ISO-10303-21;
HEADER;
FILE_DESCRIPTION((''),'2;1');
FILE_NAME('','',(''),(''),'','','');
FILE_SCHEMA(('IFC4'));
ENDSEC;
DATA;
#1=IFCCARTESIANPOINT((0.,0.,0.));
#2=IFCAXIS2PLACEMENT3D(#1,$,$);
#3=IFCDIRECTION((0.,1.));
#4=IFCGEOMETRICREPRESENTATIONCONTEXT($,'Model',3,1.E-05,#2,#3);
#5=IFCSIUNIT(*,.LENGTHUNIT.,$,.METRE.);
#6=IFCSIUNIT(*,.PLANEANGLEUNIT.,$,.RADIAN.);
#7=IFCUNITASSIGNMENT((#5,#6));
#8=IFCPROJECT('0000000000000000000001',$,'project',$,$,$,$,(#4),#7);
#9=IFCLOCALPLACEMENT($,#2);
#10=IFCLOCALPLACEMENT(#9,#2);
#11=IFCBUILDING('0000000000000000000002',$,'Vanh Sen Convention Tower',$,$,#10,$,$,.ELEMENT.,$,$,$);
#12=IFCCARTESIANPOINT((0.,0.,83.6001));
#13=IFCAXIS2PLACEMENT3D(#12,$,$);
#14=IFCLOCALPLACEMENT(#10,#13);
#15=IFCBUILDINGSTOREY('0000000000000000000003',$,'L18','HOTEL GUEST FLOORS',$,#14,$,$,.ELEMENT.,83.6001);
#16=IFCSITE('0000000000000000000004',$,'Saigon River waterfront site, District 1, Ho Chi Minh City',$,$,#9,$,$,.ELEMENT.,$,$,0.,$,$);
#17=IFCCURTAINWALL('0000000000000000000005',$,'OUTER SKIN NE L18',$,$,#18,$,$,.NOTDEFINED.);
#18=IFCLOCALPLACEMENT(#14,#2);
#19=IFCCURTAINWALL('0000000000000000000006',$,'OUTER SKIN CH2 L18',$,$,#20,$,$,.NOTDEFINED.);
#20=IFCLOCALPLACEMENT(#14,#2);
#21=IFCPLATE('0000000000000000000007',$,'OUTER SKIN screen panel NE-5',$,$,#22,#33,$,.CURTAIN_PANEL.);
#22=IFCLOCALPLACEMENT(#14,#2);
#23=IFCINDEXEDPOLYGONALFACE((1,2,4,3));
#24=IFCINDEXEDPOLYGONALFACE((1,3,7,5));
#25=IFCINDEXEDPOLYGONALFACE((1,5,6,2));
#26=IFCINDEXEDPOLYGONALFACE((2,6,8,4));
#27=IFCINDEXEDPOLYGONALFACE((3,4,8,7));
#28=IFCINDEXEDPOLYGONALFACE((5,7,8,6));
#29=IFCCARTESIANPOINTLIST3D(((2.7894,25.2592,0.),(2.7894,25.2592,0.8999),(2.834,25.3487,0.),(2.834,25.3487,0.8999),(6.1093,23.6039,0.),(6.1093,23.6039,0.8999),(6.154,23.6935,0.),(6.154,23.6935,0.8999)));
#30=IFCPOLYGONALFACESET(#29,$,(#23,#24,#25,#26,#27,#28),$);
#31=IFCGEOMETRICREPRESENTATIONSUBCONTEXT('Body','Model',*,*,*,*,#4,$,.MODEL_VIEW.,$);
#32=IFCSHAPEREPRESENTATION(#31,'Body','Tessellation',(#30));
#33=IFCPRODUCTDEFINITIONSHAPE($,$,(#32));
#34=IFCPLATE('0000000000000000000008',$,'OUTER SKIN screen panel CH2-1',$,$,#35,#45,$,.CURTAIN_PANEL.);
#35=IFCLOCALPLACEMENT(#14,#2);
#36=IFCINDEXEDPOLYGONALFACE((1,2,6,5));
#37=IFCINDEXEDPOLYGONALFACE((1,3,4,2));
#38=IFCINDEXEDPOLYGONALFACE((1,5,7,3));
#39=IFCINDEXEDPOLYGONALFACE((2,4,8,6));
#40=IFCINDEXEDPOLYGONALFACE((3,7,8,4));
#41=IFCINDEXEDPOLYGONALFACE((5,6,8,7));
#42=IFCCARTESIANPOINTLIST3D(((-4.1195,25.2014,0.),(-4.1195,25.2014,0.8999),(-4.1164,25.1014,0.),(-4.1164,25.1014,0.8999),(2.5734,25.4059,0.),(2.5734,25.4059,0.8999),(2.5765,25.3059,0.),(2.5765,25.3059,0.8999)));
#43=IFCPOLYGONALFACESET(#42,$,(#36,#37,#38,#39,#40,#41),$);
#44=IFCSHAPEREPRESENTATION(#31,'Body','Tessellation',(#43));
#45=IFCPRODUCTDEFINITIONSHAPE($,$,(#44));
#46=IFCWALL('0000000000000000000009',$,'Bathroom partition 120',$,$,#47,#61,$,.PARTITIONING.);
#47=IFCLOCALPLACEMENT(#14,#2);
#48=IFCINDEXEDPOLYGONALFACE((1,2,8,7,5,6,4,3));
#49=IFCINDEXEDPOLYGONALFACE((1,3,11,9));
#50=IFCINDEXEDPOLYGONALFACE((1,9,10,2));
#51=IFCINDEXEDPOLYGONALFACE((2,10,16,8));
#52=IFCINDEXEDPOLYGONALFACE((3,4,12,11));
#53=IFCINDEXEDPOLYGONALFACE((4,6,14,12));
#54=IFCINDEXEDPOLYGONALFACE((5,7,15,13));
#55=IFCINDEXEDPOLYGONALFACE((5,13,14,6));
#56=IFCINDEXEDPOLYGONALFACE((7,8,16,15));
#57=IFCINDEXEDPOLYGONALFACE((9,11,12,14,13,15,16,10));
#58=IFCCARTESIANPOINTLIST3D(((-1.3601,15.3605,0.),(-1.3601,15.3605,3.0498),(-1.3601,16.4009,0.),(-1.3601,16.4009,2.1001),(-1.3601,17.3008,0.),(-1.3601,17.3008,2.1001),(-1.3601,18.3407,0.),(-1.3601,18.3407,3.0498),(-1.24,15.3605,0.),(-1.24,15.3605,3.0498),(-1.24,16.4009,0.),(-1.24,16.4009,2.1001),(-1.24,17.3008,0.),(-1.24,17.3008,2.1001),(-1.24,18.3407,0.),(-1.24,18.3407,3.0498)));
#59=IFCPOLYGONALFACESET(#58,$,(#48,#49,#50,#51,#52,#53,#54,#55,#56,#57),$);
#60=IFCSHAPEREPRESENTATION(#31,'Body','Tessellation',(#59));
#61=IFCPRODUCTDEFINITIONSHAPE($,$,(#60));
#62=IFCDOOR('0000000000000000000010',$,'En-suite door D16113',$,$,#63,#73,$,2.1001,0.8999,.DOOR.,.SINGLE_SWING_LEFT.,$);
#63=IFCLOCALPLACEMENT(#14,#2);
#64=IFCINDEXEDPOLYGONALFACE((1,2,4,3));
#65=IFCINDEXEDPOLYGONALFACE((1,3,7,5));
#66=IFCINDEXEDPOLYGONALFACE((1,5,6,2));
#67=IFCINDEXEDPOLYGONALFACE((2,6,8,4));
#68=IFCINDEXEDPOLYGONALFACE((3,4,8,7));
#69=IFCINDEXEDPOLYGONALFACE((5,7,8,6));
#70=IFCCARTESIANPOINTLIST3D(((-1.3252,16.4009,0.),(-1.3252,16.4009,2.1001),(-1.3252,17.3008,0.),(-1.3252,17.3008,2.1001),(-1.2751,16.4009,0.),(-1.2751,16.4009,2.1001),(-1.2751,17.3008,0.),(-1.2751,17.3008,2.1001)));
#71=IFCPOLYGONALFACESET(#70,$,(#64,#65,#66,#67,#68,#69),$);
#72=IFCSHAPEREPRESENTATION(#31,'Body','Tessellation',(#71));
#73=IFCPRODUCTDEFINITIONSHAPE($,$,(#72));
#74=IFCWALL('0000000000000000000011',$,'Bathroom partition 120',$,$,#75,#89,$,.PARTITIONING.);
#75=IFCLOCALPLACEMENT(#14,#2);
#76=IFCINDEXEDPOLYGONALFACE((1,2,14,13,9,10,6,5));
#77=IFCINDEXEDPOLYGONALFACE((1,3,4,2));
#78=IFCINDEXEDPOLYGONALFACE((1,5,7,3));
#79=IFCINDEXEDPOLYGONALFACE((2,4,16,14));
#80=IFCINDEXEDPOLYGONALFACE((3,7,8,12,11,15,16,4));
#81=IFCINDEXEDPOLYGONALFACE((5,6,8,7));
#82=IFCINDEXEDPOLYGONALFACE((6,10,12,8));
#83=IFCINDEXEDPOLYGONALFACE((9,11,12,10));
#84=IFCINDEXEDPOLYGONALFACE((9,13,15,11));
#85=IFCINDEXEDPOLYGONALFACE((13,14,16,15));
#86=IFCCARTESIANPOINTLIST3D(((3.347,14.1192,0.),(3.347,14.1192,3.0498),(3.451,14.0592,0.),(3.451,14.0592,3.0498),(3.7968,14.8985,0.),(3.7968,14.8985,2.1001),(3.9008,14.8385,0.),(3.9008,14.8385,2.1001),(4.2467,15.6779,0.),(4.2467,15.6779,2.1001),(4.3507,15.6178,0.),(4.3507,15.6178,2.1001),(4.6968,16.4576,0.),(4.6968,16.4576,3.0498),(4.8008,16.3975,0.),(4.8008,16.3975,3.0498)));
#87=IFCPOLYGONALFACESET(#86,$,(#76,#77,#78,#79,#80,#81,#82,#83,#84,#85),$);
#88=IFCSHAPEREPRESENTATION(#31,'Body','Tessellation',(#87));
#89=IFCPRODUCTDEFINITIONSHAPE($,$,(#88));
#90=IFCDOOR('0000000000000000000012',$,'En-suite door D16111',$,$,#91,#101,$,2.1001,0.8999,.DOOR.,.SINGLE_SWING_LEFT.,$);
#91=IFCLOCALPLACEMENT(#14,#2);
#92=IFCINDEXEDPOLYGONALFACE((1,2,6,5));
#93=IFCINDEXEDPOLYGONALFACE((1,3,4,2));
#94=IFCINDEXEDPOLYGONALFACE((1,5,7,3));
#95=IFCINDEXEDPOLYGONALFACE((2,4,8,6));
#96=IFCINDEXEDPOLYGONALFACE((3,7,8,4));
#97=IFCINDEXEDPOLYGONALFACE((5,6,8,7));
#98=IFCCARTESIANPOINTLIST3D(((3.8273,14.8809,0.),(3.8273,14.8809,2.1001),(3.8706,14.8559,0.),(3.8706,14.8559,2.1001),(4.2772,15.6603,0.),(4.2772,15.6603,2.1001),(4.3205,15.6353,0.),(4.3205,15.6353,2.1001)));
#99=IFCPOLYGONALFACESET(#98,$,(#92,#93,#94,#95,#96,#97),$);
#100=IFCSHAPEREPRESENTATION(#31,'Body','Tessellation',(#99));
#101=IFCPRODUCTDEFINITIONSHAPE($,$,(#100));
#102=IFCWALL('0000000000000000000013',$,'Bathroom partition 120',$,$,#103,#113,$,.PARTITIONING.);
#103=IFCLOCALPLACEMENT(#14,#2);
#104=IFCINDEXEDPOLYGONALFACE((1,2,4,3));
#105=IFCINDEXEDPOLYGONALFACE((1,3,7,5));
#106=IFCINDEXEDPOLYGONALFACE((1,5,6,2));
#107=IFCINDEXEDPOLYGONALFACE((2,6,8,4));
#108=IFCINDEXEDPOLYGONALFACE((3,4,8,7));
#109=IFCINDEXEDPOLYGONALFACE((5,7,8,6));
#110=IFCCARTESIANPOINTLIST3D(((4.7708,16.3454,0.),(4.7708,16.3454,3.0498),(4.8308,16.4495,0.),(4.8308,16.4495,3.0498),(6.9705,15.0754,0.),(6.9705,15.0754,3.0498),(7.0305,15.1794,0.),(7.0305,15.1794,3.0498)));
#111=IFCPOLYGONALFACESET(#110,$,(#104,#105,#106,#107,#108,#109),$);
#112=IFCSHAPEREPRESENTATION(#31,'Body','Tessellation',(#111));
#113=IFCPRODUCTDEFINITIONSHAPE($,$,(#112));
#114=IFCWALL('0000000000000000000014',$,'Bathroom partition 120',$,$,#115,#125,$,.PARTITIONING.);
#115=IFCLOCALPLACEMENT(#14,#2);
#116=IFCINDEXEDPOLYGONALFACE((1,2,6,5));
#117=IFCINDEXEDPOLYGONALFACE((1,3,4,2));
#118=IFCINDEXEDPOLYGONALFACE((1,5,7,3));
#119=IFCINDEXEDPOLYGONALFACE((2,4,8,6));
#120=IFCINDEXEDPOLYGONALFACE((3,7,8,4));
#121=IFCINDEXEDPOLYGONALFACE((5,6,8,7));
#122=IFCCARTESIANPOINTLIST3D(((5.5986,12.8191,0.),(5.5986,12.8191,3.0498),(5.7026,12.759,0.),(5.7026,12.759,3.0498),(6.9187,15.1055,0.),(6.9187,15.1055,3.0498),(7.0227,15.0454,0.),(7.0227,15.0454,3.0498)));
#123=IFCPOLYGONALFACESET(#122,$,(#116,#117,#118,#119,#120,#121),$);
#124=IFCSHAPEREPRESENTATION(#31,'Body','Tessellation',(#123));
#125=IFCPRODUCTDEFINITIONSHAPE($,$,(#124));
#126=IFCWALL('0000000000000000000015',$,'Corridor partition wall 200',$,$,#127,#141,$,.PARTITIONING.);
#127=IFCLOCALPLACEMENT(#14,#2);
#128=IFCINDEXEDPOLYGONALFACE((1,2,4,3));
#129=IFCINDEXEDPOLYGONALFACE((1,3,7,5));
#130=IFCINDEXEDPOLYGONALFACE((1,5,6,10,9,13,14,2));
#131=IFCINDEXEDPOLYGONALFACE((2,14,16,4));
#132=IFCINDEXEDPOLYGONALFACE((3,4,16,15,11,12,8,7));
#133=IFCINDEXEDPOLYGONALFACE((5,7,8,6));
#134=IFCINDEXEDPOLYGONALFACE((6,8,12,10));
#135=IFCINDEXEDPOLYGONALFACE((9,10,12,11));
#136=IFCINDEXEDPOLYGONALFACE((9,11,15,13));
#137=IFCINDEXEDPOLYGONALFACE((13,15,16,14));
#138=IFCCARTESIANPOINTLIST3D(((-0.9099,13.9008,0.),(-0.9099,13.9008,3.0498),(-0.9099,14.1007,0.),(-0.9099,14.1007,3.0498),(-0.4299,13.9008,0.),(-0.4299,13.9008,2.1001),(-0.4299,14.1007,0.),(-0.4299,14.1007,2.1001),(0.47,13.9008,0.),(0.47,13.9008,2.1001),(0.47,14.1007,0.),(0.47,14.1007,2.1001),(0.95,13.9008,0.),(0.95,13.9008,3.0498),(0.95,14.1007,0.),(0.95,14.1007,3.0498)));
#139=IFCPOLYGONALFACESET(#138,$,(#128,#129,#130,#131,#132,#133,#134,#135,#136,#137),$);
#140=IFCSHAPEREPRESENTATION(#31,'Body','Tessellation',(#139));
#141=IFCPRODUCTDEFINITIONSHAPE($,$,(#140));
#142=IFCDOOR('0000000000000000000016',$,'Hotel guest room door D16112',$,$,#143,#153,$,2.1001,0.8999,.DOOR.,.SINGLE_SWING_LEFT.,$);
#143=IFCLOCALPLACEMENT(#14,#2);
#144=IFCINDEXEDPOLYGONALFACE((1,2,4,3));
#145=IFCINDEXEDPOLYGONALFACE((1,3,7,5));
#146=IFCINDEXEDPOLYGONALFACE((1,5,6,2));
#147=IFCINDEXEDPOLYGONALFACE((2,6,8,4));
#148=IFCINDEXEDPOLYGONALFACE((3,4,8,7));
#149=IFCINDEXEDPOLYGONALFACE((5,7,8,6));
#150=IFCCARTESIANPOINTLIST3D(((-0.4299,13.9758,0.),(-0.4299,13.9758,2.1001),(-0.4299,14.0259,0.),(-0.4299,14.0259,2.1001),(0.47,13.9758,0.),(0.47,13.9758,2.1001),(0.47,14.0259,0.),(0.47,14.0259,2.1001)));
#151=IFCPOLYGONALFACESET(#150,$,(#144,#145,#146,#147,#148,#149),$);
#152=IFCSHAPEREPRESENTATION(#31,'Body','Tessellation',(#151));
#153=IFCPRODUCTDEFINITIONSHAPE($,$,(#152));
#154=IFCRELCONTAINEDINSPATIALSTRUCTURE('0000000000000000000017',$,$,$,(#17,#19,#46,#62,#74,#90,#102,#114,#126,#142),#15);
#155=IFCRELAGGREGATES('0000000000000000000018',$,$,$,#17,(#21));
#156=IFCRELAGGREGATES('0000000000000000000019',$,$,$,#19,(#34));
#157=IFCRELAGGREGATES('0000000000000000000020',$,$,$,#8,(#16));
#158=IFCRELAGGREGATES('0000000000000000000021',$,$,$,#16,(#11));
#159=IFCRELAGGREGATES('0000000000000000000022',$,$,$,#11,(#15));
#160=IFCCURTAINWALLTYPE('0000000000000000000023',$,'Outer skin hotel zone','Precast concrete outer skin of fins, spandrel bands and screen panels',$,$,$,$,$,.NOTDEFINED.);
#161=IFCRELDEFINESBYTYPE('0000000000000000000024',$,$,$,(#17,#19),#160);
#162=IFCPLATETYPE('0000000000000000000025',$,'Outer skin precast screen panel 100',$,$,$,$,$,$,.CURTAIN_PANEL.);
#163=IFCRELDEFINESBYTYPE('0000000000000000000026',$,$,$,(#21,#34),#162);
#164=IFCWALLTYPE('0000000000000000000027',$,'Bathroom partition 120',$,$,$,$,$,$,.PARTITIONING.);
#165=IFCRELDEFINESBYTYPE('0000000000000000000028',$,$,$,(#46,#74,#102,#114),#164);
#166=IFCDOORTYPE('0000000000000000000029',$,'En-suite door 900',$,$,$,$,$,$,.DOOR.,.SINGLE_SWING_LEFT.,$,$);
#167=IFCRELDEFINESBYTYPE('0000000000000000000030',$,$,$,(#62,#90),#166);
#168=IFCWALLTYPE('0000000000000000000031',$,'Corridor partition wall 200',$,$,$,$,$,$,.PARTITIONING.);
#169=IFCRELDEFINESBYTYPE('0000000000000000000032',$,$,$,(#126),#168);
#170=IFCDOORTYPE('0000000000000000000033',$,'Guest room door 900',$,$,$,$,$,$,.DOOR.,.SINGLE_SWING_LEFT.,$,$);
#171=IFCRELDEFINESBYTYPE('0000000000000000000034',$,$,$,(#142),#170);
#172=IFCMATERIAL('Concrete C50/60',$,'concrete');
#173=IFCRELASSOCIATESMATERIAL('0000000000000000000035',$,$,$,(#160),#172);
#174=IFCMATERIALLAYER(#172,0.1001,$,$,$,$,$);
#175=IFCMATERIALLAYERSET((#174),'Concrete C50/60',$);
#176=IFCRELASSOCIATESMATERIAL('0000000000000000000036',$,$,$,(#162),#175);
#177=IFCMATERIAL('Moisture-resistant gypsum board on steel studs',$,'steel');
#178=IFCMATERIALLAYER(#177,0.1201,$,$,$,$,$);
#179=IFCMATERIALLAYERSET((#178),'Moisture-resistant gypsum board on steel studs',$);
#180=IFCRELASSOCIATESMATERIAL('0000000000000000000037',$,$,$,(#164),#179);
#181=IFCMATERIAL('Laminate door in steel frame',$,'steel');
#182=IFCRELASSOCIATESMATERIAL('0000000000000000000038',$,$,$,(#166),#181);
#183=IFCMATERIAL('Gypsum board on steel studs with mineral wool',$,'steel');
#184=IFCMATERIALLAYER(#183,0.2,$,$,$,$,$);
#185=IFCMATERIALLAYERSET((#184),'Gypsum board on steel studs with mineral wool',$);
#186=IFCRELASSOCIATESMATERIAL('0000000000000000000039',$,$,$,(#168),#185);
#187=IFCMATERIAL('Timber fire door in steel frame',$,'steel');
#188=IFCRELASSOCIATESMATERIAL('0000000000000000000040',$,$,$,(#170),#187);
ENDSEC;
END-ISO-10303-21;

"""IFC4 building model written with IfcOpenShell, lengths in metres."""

from ifc_helpers import new_model, si_unit, direction, frame, frame_2d, origin, origin_2d, place, context, subcontext, project, spatial, rectangle, extrude, material, layer, layer_set, type_object, element, fill, aggregate, save


model = new_model("IFC4")

# Units and contexts
model_context = context("Model", 3, precision=1e-05, world=origin(), true_north=direction((0.0, 1.0)))
body_context = subcontext(model_context, "Body", "Model", "MODEL_VIEW")
ifc_project = project(units=[si_unit("LENGTHUNIT", "METRE"), si_unit("PLANEANGLEUNIT", "RADIAN")], contexts=[model_context])

# Site, building, storey
site_placement = place(None, origin())
site = spatial("IfcSite", under=ifc_project, at=site_placement, Name="Saigon River waterfront site, District 1, Ho Chi Minh City", CompositionType="ELEMENT", RefElevation=0.0)
building_placement = place(site_placement, origin())
building = spatial("IfcBuilding", under=site, at=building_placement, Name="Vanh Sen Convention Tower", CompositionType="ELEMENT")
storey_placement = place(building_placement, frame((0.0, 0.0, 83.6001)))
storey = spatial("IfcBuildingStorey", under=building, at=storey_placement, Name="L18", Description="HOTEL GUEST FLOORS", CompositionType="ELEMENT", Elevation=83.6001)

# Curtain wall
ifc_material_1 = material(Name="Concrete C50/60", Category="concrete")
curtain_wall_type = type_object("IfcCurtainWallType", Name="Outer skin hotel zone", Description="Precast concrete outer skin of fins, spandrel bands and screen panels", PredefinedType="NOTDEFINED", material=ifc_material_1)
curtain_wall_1_placement = place(storey_placement, origin())
curtain_wall_1 = element("IfcCurtainWall", 1, at=curtain_wall_1_placement, inside=storey, type_object=curtain_wall_type, Name="OUTER SKIN NE L18", PredefinedType="NOTDEFINED")

# Curtain wall
curtain_wall_2_placement = place(storey_placement, origin())
curtain_wall_2 = element("IfcCurtainWall", 2, at=curtain_wall_2_placement, inside=storey, type_object=curtain_wall_type, Name="OUTER SKIN CH2 L18", PredefinedType="NOTDEFINED")

# Plates
ifc_layer_1 = layer(ifc_material_1, 0.1001)
ifc_layer_set_1 = layer_set([ifc_layer_1], Name="Concrete C50/60")
plate_type = type_object("IfcPlateType", Name="Outer skin precast screen panel 100", PredefinedType="CURTAIN_PANEL", material=ifc_layer_set_1)
plate_1_placement = place(storey_placement, frame((4.4717, 24.4763, 0.0), z_axis=(0.0, 0.0, 1.0), x_axis=(-0.894935, 0.446196, 0.0)))
plate_1 = element("IfcPlate", 3, at=plate_1_placement, type_object=plate_type, Name="OUTER SKIN screen panel NE-5", PredefinedType="CURTAIN_PANEL", context=body_context, shape_type="SweptSolid", body=[
    extrude(rectangle(XDim=3.7097, YDim=0.1001, at=origin_2d()), origin(), (0.0, 0.0, 1.0), 0.8999),
])
aggregate(curtain_wall_1, [plate_1])
plate_2_placement = place(storey_placement, frame((-0.7715, 25.2537, 0.0), z_axis=(0.0, 0.0, 1.0), x_axis=(-0.999534, -0.030537, 0.0)))
plate_2 = element("IfcPlate", 4, at=plate_2_placement, type_object=plate_type, Name="OUTER SKIN screen panel CH2-1", PredefinedType="CURTAIN_PANEL", context=body_context, shape_type="SweptSolid", body=[
    extrude(rectangle(XDim=6.696, YDim=0.1001, at=origin_2d()), origin(), (0.0, 0.0, 1.0), 0.8999),
])
aggregate(curtain_wall_2, [plate_2])

# Walls, openings, doors
ifc_material_2 = material(Name="Moisture-resistant gypsum board on steel studs", Category="steel")
ifc_layer_2 = layer(ifc_material_2, 0.1201)
ifc_layer_set_2 = layer_set([ifc_layer_2], Name="Moisture-resistant gypsum board on steel studs")
wall_type_1 = type_object("IfcWallType", Name="Bathroom partition 120", PredefinedType="PARTITIONING", material=ifc_layer_set_2)
wall_1_placement = place(storey_placement, frame((-1.3, 18.3408, 0.0), z_axis=(0.0, 0.0, 1.0), x_axis=(0.0, -1.0, 0.0)))
wall_1 = element("IfcWall", 5, at=wall_1_placement, inside=storey, type_object=wall_type_1, Name="Bathroom partition 120", PredefinedType="PARTITIONING", context=body_context, shape_type="SweptSolid", body=[
    extrude(rectangle(XDim=2.9802, YDim=0.1201, at=frame_2d((1.4902, 0.0))), origin(), (0.0, 0.0, 1.0), 3.0498),
])
opening_1_placement = place(wall_1_placement, frame((1.04, 0.0, 0.0)))
opening_1 = element("IfcOpeningElement", 6, at=opening_1_placement, cuts=wall_1, PredefinedType="OPENING", context=body_context, shape_type="SweptSolid", body=[
    extrude(rectangle(XDim=0.8999, YDim=2.1001, at=frame_2d((0.45, 1.05))), frame((0.0, 0.0701, 0.0), z_axis=(0.0, -1.0, 0.0), x_axis=(1.0, 0.0, 0.0)), (0.0, 0.0, 1.0), 0.1401),
])
ifc_material_3 = material(Name="Laminate door in steel frame", Category="steel")
door_type_1 = type_object("IfcDoorType", Name="En-suite door 900", OperationType="SINGLE_SWING_LEFT", PredefinedType="DOOR", material=ifc_material_3)
door_1_placement = place(opening_1_placement, origin())
door_1 = element("IfcDoor", 7, at=door_1_placement, inside=storey, type_object=door_type_1, Name="En-suite door D16113", OperationType="SINGLE_SWING_LEFT", OverallHeight=2.1001, OverallWidth=0.8999, PredefinedType="DOOR", context=body_context, shape_type="SweptSolid", body=[
    extrude(rectangle(XDim=0.8999, YDim=2.1001, at=frame_2d((0.45, 1.05))), frame((0.0, 0.0249, 0.0), z_axis=(0.0, -1.0, 0.0), x_axis=(1.0, 0.0, 0.0)), (0.0, 0.0, 1.0), 0.05),
])
fill(opening_1, door_1)
wall_2_placement = place(storey_placement, frame((3.3989, 14.0891, 0.0), z_axis=(0.0, 0.0, 1.0), x_axis=(0.499942, 0.866059, 0.0)))
wall_2 = element("IfcWall", 8, at=wall_2_placement, inside=storey, type_object=wall_type_1, Name="Bathroom partition 120", PredefinedType="PARTITIONING", context=body_context, shape_type="SweptSolid", body=[
    extrude(rectangle(XDim=2.7, YDim=0.1201, at=frame_2d((1.3501, 0.0))), origin(), (0.0, 0.0, 1.0), 3.0498),
])
opening_2_placement = place(wall_2_placement, frame((0.8999, 0.0, 0.0)))
opening_2 = element("IfcOpeningElement", 9, at=opening_2_placement, cuts=wall_2, PredefinedType="OPENING", context=body_context, shape_type="SweptSolid", body=[
    extrude(rectangle(XDim=0.8999, YDim=2.1001, at=frame_2d((0.45, 1.05))), frame((0.0, 0.0701, 0.0), z_axis=(0.0, -1.0, 0.0), x_axis=(1.0, 0.0, 0.0)), (0.0, 0.0, 1.0), 0.1401),
])
door_2_placement = place(opening_2_placement, origin())
door_2 = element("IfcDoor", 10, at=door_2_placement, inside=storey, type_object=door_type_1, Name="En-suite door D16111", OperationType="SINGLE_SWING_LEFT", OverallHeight=2.1001, OverallWidth=0.8999, PredefinedType="DOOR", context=body_context, shape_type="SweptSolid", body=[
    extrude(rectangle(XDim=0.8999, YDim=2.1001, at=frame_2d((0.45, 1.05))), frame((0.0, 0.0249, 0.0), z_axis=(0.0, -1.0, 0.0), x_axis=(1.0, 0.0, 0.0)), (0.0, 0.0, 1.0), 0.05),
])
fill(opening_2, door_2)

# Walls
wall_3_placement = place(storey_placement, frame((4.8008, 16.3975, 0.0), z_axis=(0.0, 0.0, 1.0), x_axis=(0.866022, -0.500005, 0.0)))
element("IfcWall", 11, at=wall_3_placement, inside=storey, type_object=wall_type_1, Name="Bathroom partition 120", PredefinedType="PARTITIONING", context=body_context, shape_type="SweptSolid", body=[
    extrude(rectangle(XDim=2.54, YDim=0.1201, at=frame_2d((1.27, 0.0))), origin(), (0.0, 0.0, 1.0), 3.0498),
])
wall_4_placement = place(storey_placement, frame((6.9707, 15.0754, 0.0), z_axis=(0.0, 0.0, 1.0), x_axis=(-0.500008, -0.866021, 0.0)))
element("IfcWall", 12, at=wall_4_placement, inside=storey, type_object=wall_type_1, Name="Bathroom partition 120", PredefinedType="PARTITIONING", context=body_context, shape_type="SweptSolid", body=[
    extrude(rectangle(XDim=2.6401, YDim=0.1201, at=frame_2d((1.3201, 0.0))), origin(), (0.0, 0.0, 1.0), 3.0498),
])

# Wall, opening, door
ifc_material_4 = material(Name="Gypsum board on steel studs with mineral wool", Category="steel")
ifc_layer_3 = layer(ifc_material_4, 0.2)
ifc_layer_set_3 = layer_set([ifc_layer_3], Name="Gypsum board on steel studs with mineral wool")
wall_type_2 = type_object("IfcWallType", Name="Corridor partition wall 200", PredefinedType="PARTITIONING", material=ifc_layer_set_3)
wall_5_placement = place(storey_placement, frame((0.95, 14.0007, 0.0), z_axis=(0.0, 0.0, 1.0), x_axis=(-1.0, 0.0, 0.0)))
wall_5 = element("IfcWall", 13, at=wall_5_placement, inside=storey, type_object=wall_type_2, Name="Corridor partition wall 200", PredefinedType="PARTITIONING", context=body_context, shape_type="SweptSolid", body=[
    extrude(rectangle(XDim=1.8599, YDim=0.2, at=frame_2d((0.9299, 0.0))), origin(), (0.0, 0.0, 1.0), 3.0498),
])
opening_3_placement = place(wall_5_placement, frame((0.48, 0.0, 0.0)))
opening_3 = element("IfcOpeningElement", 14, at=opening_3_placement, cuts=wall_5, PredefinedType="OPENING", context=body_context, shape_type="SweptSolid", body=[
    extrude(rectangle(XDim=0.8999, YDim=2.1001, at=frame_2d((0.45, 1.05))), frame((0.0, 0.1099, 0.0), z_axis=(0.0, -1.0, 0.0), x_axis=(1.0, 0.0, 0.0)), (0.0, 0.0, 1.0), 0.22),
])
ifc_material_5 = material(Name="Timber fire door in steel frame", Category="steel")
door_type_2 = type_object("IfcDoorType", Name="Guest room door 900", OperationType="SINGLE_SWING_LEFT", PredefinedType="DOOR", material=ifc_material_5)
door_3_placement = place(opening_3_placement, origin())
door_3 = element("IfcDoor", 15, at=door_3_placement, inside=storey, type_object=door_type_2, Name="Hotel guest room door D16112", OperationType="SINGLE_SWING_LEFT", OverallHeight=2.1001, OverallWidth=0.8999, PredefinedType="DOOR", context=body_context, shape_type="SweptSolid", body=[
    extrude(rectangle(XDim=0.8999, YDim=2.1001, at=frame_2d((0.45, 1.05))), frame((0.0, 0.0249, 0.0), z_axis=(0.0, -1.0, 0.0), x_axis=(1.0, 0.0, 0.0)), (0.0, 0.0, 1.0), 0.05),
])
fill(opening_3, door_3)

save(model, "model.ifc")
